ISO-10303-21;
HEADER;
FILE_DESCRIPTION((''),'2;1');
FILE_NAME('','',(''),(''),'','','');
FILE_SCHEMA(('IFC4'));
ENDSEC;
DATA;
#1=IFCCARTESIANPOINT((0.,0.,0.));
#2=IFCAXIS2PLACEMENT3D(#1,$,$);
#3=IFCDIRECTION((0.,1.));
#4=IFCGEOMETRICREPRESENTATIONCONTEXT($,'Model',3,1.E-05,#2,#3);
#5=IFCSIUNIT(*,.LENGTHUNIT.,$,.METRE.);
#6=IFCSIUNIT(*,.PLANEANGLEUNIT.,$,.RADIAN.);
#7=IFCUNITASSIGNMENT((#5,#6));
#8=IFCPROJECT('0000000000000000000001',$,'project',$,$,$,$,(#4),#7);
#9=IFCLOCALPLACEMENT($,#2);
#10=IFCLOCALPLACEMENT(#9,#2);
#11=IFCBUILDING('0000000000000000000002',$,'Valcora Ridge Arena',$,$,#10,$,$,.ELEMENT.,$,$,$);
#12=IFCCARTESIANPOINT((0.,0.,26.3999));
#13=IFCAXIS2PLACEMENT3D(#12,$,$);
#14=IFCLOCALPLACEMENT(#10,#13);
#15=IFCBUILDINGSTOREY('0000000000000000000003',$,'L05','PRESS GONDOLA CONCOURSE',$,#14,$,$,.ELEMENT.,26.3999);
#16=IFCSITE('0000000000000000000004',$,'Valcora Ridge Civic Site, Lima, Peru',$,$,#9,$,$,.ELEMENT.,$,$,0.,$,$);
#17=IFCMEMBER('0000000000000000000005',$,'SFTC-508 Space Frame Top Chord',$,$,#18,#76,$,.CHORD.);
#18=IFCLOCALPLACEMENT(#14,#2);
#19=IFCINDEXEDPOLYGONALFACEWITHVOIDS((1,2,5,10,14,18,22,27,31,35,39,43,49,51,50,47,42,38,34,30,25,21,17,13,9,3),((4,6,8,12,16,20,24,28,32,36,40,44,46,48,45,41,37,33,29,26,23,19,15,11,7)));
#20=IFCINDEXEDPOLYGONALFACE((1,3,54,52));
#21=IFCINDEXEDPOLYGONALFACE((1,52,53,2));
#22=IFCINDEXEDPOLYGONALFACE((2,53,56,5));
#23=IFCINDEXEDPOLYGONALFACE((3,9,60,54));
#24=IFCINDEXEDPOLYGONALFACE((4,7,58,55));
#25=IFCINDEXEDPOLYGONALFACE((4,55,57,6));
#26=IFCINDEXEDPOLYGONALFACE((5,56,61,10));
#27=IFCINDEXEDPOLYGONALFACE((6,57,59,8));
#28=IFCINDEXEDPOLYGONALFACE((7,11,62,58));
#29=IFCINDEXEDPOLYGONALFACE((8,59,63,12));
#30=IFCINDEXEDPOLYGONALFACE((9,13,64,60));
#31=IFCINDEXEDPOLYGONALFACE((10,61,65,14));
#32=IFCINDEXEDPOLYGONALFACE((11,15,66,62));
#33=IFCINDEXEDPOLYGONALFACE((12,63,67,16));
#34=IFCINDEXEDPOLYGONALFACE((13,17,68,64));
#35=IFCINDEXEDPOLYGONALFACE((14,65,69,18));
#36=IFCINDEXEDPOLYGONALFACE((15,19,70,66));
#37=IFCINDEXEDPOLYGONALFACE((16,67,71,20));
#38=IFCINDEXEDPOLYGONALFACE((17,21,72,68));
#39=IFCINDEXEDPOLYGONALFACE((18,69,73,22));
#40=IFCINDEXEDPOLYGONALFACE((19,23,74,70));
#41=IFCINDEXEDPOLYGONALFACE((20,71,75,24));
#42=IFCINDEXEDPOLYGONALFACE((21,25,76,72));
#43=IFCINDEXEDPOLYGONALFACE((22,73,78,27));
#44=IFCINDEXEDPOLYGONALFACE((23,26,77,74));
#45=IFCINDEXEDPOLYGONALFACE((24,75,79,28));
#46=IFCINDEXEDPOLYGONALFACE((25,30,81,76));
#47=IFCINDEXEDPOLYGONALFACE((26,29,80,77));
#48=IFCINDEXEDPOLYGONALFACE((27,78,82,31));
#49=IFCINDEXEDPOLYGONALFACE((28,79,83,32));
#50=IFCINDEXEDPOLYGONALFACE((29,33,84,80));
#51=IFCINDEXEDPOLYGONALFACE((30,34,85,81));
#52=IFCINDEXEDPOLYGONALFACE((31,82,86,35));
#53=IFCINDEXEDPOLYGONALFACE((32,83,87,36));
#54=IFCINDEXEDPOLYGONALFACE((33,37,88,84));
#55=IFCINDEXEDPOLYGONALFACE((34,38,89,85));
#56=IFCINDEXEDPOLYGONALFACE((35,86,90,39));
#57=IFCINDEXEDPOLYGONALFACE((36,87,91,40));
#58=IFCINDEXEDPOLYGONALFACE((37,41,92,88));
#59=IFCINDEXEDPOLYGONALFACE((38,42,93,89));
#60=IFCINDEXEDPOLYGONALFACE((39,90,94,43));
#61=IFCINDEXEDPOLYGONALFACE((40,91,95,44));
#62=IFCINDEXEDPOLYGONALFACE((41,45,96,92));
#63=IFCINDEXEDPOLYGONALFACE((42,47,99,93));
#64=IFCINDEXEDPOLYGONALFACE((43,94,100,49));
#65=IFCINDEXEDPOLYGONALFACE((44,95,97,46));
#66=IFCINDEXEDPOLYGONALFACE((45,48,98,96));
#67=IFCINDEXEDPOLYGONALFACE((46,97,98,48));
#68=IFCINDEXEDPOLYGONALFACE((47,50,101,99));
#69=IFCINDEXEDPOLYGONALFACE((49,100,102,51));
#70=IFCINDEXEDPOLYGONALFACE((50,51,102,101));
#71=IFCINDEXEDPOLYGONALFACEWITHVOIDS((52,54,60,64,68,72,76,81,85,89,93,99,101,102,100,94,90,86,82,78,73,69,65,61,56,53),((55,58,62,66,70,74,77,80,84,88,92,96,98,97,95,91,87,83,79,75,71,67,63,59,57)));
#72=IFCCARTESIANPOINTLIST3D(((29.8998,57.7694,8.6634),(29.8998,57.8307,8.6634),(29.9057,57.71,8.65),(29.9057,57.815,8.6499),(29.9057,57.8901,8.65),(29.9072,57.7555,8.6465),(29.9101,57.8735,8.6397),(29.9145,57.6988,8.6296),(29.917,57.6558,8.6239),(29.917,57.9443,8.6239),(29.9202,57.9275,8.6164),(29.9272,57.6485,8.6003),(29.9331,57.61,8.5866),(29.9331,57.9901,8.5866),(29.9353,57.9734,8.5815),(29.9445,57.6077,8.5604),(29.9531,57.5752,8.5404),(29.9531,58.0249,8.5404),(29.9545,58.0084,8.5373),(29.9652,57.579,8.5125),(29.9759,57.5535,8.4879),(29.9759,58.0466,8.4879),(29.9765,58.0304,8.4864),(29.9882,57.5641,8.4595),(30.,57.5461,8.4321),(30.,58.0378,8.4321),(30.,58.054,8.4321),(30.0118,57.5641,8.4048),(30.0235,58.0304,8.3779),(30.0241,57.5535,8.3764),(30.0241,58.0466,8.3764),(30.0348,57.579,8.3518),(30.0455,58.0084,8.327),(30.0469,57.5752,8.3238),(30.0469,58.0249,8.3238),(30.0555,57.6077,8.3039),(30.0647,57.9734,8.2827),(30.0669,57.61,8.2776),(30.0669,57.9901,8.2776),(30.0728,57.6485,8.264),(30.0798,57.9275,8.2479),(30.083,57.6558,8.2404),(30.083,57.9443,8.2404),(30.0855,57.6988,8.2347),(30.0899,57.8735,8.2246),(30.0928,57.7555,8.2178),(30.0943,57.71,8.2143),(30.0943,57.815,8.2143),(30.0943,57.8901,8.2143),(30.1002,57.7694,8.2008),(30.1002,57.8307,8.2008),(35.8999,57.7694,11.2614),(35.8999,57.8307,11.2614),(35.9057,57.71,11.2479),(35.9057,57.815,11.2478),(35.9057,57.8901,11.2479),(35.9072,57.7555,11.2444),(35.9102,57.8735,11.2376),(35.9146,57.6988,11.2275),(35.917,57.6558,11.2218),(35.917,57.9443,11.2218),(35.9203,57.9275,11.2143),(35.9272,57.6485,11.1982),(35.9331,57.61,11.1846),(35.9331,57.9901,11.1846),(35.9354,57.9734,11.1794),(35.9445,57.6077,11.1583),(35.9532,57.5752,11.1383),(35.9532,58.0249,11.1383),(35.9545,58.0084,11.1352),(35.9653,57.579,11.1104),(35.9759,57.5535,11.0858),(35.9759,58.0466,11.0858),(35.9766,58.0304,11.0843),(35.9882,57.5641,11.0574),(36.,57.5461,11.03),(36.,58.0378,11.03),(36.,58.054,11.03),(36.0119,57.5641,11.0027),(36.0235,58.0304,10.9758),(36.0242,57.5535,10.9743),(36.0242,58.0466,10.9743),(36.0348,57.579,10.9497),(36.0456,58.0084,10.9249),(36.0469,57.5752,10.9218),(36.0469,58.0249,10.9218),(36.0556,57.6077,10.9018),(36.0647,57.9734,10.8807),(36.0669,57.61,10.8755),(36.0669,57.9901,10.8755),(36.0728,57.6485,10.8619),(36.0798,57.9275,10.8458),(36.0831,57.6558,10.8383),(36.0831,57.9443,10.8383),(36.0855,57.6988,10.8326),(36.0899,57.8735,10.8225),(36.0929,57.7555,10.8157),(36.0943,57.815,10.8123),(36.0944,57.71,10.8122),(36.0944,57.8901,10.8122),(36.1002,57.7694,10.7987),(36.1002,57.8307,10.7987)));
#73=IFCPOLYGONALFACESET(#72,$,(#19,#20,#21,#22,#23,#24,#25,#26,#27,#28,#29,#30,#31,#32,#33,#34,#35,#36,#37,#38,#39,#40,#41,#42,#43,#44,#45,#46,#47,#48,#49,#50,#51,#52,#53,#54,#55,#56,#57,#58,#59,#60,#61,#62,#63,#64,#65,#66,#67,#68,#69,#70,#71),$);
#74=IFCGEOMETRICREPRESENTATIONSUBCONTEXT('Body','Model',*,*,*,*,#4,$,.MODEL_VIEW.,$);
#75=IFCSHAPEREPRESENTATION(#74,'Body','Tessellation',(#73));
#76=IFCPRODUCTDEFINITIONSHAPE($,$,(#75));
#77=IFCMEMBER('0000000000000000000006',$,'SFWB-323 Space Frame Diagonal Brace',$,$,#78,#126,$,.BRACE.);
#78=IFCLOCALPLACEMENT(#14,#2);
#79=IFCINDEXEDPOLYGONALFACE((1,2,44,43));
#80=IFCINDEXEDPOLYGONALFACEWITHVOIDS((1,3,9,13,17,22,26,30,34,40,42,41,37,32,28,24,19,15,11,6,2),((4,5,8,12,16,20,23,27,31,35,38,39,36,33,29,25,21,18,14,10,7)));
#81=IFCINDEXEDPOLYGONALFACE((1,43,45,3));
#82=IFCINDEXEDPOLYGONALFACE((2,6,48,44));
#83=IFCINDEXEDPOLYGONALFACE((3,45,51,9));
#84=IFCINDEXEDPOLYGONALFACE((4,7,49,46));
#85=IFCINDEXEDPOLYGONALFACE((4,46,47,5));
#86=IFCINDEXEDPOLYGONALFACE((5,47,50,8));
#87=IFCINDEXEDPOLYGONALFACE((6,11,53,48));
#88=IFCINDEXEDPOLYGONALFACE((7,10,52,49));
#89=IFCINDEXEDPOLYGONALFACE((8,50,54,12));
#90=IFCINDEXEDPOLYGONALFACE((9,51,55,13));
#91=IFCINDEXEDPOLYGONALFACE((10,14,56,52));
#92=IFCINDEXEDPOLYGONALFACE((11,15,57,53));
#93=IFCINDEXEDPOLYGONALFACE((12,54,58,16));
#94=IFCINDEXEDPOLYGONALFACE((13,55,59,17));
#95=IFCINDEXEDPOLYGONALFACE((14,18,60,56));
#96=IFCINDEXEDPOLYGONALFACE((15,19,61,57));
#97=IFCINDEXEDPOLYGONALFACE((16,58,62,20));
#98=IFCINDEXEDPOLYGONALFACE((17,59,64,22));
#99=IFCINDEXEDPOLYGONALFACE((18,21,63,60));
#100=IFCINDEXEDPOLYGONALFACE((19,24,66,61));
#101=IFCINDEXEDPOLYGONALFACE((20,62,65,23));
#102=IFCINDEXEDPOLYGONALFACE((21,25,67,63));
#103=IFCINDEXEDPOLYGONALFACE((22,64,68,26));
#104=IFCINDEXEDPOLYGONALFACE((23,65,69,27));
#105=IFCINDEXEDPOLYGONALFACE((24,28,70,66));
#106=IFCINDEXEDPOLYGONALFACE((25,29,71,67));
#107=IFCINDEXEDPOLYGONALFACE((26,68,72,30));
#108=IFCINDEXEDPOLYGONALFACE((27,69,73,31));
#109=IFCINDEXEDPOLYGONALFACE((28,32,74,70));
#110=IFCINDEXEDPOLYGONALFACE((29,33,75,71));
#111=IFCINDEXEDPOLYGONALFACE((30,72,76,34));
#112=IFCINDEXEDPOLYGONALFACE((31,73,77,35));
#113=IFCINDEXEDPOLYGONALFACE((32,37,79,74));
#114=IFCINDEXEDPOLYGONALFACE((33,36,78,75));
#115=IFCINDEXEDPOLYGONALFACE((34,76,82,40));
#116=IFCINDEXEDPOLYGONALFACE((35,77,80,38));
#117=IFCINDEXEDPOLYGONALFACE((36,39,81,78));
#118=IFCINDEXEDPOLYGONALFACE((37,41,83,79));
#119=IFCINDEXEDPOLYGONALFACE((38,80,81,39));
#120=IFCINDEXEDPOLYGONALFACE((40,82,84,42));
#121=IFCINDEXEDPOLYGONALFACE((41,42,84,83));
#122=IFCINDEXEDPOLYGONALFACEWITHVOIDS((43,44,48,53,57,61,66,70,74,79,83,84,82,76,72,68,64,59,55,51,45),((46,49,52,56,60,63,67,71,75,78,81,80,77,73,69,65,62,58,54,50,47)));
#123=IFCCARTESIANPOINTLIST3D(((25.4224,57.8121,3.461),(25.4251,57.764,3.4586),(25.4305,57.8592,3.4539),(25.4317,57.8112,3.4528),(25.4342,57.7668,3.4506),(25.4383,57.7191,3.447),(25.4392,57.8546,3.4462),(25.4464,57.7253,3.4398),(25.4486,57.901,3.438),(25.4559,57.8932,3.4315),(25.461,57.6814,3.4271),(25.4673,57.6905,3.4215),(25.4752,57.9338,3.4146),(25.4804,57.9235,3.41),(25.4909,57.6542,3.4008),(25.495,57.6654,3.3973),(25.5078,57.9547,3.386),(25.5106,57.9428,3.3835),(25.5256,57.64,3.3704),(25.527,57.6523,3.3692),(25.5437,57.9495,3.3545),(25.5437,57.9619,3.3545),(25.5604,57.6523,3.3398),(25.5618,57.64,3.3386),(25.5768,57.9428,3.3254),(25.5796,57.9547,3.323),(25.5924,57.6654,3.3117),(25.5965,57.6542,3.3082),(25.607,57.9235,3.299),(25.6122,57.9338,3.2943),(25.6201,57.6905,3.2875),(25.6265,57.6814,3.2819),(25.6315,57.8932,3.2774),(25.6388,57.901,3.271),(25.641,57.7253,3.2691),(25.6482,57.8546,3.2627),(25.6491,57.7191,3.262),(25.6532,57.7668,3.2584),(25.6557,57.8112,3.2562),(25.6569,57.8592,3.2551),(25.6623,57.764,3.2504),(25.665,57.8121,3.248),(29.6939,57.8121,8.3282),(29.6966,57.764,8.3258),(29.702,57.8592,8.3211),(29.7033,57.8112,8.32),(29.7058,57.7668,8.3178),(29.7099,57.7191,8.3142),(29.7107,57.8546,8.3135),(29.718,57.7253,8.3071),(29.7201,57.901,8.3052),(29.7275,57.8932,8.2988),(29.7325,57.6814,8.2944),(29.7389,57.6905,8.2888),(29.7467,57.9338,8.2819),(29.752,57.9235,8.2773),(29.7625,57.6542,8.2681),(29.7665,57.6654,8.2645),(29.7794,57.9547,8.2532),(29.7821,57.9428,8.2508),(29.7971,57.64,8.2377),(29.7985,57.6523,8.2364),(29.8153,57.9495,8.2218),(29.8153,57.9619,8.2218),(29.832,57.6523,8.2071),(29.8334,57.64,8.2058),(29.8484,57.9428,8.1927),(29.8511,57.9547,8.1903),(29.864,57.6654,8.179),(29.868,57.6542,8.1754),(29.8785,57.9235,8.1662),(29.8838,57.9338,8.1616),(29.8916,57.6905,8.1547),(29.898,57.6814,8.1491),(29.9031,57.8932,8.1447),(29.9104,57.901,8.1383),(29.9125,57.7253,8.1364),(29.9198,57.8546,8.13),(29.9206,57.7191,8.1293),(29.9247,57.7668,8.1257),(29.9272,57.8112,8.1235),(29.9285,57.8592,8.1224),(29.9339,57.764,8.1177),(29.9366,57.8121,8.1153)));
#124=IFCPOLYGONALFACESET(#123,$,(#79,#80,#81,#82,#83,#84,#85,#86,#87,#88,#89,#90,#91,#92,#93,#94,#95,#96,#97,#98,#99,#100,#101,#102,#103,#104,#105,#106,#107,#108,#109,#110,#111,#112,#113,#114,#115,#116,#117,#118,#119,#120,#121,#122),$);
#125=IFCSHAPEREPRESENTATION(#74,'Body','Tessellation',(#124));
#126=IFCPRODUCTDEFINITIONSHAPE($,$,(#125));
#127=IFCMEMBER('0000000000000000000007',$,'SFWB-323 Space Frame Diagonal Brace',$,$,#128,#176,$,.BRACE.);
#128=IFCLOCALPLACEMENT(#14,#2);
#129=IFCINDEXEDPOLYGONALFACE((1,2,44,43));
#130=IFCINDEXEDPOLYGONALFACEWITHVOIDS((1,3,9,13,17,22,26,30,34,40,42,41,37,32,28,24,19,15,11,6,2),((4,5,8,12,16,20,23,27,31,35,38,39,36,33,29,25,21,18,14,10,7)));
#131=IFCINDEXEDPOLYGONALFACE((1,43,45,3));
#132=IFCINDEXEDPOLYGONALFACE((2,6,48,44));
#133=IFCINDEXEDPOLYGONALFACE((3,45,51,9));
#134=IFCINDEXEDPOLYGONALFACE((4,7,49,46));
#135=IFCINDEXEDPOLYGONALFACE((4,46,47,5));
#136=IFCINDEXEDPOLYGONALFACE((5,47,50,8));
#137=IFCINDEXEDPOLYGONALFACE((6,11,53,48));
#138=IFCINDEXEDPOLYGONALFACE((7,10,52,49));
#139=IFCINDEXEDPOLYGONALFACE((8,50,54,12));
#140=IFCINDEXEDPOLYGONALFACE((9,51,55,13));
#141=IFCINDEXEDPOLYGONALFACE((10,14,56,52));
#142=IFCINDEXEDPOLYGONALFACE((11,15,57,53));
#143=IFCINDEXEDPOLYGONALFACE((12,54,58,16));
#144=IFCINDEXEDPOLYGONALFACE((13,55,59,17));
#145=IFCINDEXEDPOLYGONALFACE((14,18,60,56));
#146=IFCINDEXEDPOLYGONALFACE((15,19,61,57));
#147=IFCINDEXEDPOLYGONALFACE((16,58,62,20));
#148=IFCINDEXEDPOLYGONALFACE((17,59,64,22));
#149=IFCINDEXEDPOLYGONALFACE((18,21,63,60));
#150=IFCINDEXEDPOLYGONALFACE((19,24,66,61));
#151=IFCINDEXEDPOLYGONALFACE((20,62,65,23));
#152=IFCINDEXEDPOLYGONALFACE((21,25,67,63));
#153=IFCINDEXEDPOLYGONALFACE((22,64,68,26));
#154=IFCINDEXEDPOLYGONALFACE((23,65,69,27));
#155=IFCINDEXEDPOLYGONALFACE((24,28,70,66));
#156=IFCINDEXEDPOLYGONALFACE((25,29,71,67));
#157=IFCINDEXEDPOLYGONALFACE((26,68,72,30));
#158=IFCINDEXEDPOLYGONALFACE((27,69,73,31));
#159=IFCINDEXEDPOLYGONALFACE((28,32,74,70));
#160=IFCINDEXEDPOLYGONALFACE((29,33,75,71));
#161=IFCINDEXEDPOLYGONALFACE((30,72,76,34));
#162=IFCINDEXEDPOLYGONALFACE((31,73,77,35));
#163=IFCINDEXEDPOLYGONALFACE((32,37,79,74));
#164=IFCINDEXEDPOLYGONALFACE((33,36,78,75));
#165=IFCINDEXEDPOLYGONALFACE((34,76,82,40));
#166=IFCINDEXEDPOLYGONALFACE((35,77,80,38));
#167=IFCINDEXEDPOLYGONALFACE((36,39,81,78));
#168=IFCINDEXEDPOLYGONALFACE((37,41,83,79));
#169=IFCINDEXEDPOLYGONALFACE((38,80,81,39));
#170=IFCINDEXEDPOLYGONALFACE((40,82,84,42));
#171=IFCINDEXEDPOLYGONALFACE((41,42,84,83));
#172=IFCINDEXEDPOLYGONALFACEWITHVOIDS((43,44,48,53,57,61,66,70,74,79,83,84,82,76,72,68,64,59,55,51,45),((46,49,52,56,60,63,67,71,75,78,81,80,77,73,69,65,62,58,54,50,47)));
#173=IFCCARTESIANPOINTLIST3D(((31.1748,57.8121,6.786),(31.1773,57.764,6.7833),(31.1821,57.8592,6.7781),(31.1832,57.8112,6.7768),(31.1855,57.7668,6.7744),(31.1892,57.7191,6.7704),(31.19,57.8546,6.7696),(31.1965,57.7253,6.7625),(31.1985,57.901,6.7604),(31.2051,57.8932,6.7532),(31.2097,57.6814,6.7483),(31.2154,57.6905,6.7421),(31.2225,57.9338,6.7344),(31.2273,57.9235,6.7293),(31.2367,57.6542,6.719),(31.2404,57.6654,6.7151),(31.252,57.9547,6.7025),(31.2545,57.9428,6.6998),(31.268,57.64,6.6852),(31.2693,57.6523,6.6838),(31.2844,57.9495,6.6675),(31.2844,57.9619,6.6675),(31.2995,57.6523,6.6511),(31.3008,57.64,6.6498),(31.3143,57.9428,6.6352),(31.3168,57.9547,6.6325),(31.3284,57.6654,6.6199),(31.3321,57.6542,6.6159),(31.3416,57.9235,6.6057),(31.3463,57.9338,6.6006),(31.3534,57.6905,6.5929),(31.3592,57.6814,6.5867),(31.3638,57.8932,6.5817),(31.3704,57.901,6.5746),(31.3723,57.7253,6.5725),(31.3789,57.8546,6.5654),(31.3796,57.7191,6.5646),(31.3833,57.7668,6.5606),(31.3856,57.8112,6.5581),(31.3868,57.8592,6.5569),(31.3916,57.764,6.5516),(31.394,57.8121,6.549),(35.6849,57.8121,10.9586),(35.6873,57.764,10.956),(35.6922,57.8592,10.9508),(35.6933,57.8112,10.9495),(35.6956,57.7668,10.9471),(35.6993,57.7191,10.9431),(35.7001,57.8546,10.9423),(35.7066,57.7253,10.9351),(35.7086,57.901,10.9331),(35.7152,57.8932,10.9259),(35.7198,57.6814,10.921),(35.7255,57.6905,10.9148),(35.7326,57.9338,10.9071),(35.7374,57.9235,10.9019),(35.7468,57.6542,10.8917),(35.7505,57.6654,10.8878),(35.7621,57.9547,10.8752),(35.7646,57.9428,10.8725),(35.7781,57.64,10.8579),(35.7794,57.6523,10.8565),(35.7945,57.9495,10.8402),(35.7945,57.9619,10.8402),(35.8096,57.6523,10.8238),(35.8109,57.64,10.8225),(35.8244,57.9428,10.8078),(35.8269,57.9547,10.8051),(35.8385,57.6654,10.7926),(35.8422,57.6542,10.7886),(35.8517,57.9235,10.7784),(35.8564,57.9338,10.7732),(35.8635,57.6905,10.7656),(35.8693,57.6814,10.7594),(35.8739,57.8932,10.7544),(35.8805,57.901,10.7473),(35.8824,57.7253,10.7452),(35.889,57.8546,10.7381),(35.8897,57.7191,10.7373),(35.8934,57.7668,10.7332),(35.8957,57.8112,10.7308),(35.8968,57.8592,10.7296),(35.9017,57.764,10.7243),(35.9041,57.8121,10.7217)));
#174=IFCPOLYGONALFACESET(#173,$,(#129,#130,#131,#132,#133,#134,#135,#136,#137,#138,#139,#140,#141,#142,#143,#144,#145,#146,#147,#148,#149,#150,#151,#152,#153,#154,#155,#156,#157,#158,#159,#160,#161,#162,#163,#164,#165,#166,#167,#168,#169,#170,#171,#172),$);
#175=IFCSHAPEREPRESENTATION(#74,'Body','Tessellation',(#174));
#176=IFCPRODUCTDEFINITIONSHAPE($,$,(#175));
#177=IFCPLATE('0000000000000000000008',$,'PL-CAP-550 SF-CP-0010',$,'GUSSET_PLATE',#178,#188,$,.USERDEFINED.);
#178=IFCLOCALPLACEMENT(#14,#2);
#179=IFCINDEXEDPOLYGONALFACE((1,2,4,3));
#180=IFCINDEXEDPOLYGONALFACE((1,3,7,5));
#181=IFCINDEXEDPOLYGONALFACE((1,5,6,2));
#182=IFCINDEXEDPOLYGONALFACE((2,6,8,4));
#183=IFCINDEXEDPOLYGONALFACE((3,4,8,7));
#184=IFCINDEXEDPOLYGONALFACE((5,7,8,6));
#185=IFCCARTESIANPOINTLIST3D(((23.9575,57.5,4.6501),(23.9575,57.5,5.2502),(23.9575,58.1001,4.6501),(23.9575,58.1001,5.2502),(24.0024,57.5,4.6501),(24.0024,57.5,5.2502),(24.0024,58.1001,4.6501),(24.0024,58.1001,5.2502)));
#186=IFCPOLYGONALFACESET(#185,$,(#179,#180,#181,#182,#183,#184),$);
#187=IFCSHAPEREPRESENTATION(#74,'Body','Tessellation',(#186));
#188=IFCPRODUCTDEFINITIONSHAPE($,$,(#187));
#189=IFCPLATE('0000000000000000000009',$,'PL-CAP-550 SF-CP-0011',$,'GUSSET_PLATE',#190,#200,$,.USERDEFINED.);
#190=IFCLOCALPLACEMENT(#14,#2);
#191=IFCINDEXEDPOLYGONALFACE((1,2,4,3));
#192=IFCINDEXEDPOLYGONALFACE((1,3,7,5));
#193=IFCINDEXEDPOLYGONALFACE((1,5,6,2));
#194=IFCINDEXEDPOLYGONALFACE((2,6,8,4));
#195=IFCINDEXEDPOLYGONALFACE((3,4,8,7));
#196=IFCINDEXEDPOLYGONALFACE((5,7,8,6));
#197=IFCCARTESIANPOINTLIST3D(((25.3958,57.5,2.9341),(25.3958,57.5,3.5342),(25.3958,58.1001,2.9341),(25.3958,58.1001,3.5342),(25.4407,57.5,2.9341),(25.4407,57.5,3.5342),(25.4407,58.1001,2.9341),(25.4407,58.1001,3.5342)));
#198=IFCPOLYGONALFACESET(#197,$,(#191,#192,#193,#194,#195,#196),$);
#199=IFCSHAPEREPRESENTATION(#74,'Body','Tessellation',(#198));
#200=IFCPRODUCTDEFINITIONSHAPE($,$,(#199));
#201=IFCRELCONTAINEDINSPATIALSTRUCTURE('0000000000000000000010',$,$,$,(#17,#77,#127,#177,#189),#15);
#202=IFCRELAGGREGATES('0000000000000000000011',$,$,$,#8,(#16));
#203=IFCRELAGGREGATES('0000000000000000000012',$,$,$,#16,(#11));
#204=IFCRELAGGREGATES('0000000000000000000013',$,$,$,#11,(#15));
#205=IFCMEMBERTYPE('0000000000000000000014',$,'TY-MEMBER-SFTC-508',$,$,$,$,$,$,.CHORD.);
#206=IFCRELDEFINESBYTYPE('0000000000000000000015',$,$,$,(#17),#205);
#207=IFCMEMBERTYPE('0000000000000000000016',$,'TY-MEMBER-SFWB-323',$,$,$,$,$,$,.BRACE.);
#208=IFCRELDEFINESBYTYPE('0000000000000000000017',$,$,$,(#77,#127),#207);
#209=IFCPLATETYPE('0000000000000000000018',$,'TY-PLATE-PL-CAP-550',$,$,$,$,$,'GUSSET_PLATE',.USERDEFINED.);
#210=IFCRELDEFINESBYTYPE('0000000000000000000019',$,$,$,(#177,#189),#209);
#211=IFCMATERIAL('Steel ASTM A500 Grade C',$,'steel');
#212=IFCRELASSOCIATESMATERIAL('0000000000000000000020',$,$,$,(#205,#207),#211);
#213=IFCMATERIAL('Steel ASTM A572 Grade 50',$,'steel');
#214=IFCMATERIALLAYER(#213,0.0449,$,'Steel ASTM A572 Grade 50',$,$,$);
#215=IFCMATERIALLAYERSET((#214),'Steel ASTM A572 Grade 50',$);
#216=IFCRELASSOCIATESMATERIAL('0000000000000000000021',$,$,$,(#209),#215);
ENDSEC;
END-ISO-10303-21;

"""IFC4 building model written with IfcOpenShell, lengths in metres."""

from ifc_helpers import new_model, si_unit, direction, frame, origin, origin_2d, place, context, subcontext, project, spatial, rectangle, hollow_circle, extrude, material, layer, layer_set, material_profile, profile_set, type_object, element, save


model = new_model("IFC4")

# Units and contexts
model_context = context("Model", 3, precision=1e-05, world=origin(), true_north=direction((0.0, 1.0)))
body_context = subcontext(model_context, "Body", "Model", "MODEL_VIEW")
ifc_project = project(units=[si_unit("LENGTHUNIT", "METRE"), si_unit("PLANEANGLEUNIT", "RADIAN")], contexts=[model_context])

# Site, building, storey
site_placement = place(None, origin())
site = spatial("IfcSite", under=ifc_project, at=site_placement, Name="Valcora Ridge Civic Site, Lima, Peru", CompositionType="ELEMENT", RefElevation=0.0)
building_placement = place(site_placement, origin())
building = spatial("IfcBuilding", under=site, at=building_placement, Name="Valcora Ridge Arena", CompositionType="ELEMENT")
storey_placement = place(building_placement, frame((0.0, 0.0, 26.3999)))
storey = spatial("IfcBuildingStorey", under=building, at=storey_placement, Name="L05", Description="PRESS GONDOLA CONCOURSE", CompositionType="ELEMENT", Elevation=26.3999)

# Members
ifc_material_1 = material(Name="Steel ASTM A572 Grade 50", Category="steel")
ifc_material_2 = material(Name="Steel ASTM A500 Grade C", Category="steel")
ifc_material_profile_1 = material_profile(ifc_material_2, hollow_circle(Radius=0.2539, WallThickness=0.0161, at=origin_2d()), Name="CHS508X16")
ifc_profile_set_1 = profile_set([ifc_material_profile_1], Name="Steel ASTM A500 Grade C")
member_type_1 = type_object("IfcMemberType", Name="TY-MEMBER-SFTC-508", PredefinedType="CHORD", material=ifc_profile_set_1)
member_1_placement = place(storey_placement, frame((30.0, 57.8, 8.4321), z_axis=(0.917673, 0.0, 0.397337), x_axis=(0.0, 1.0, 0.0)))
element("IfcMember", 1, at=member_1_placement, inside=storey, type_object=member_type_1, Name="SFTC-508 Space Frame Top Chord", PredefinedType="CHORD", context=body_context, shape_type="SweptSolid", body=[
    extrude(hollow_circle(Radius=0.2539, WallThickness=0.0161, at=origin_2d()), origin(), (0.0, 0.0, 1.0), 6.5383),
])
ifc_material_profile_2 = material_profile(ifc_material_2, hollow_circle(Radius=0.1619, WallThickness=0.0125, at=origin_2d()), Name="CHS323X12")
ifc_profile_set_2 = profile_set([ifc_material_profile_2], Name="Steel ASTM A500 Grade C")
member_type_2 = type_object("IfcMemberType", Name="TY-MEMBER-SFWB-323", PredefinedType="BRACE", material=ifc_profile_set_2)
member_2_placement = place(storey_placement, frame((25.5437, 57.8, 3.3545), z_axis=(0.659614, 0.0, 0.751604), x_axis=(0.0, 1.0, 0.0)))
element("IfcMember", 2, at=member_2_placement, inside=storey, type_object=member_type_2, Name="SFWB-323 Space Frame Diagonal Brace", PredefinedType="BRACE", context=body_context, shape_type="SweptSolid", body=[
    extrude(hollow_circle(Radius=0.1619, WallThickness=0.0125, at=origin_2d()), origin(), (0.0, 0.0, 1.0), 6.4758),
])
member_3_placement = place(storey_placement, frame((31.2844, 57.8, 6.6675), z_axis=(0.734031, 0.0, 0.679116), x_axis=(0.0, 1.0, 0.0)))
element("IfcMember", 3, at=member_3_placement, inside=storey, type_object=member_type_2, Name="SFWB-323 Space Frame Diagonal Brace", PredefinedType="BRACE", context=body_context, shape_type="SweptSolid", body=[
    extrude(hollow_circle(Radius=0.1619, WallThickness=0.0125, at=origin_2d()), origin(), (0.0, 0.0, 1.0), 6.1443),
])

# Plates
ifc_layer_1 = layer(ifc_material_1, 0.0449, Name="Steel ASTM A572 Grade 50")
ifc_layer_set_1 = layer_set([ifc_layer_1], Name="Steel ASTM A572 Grade 50")
plate_type_1 = type_object("IfcPlateType", Name="TY-PLATE-PL-CAP-550", ElementType="GUSSET_PLATE", PredefinedType="USERDEFINED", material=ifc_layer_set_1)
for number, where, z_axis, x_axis, name in (
    (4, (23.98, 57.8, 4.6501), (0.0, 0.0, 1.0), (1.0, 0.0, 0.0), "PL-CAP-550 SF-CP-0010"),
    (5, (25.4182, 57.8, 2.9341), (0.0, 0.0, 1.0), (1.0, 0.0, 0.0), "PL-CAP-550 SF-CP-0011"),
):
    element("IfcPlate", number, at=place(storey_placement, frame(where, z_axis=z_axis, x_axis=x_axis)), inside=storey, type_object=plate_type_1, Name=name, ObjectType="GUSSET_PLATE", PredefinedType="USERDEFINED", context=body_context, shape_type="SweptSolid", body=[
        extrude(rectangle(XDim=0.0449, YDim=0.6001, at=origin_2d()), origin(), (0.0, 0.0, 1.0), 0.6001),
    ])

save(model, "model.ifc")
